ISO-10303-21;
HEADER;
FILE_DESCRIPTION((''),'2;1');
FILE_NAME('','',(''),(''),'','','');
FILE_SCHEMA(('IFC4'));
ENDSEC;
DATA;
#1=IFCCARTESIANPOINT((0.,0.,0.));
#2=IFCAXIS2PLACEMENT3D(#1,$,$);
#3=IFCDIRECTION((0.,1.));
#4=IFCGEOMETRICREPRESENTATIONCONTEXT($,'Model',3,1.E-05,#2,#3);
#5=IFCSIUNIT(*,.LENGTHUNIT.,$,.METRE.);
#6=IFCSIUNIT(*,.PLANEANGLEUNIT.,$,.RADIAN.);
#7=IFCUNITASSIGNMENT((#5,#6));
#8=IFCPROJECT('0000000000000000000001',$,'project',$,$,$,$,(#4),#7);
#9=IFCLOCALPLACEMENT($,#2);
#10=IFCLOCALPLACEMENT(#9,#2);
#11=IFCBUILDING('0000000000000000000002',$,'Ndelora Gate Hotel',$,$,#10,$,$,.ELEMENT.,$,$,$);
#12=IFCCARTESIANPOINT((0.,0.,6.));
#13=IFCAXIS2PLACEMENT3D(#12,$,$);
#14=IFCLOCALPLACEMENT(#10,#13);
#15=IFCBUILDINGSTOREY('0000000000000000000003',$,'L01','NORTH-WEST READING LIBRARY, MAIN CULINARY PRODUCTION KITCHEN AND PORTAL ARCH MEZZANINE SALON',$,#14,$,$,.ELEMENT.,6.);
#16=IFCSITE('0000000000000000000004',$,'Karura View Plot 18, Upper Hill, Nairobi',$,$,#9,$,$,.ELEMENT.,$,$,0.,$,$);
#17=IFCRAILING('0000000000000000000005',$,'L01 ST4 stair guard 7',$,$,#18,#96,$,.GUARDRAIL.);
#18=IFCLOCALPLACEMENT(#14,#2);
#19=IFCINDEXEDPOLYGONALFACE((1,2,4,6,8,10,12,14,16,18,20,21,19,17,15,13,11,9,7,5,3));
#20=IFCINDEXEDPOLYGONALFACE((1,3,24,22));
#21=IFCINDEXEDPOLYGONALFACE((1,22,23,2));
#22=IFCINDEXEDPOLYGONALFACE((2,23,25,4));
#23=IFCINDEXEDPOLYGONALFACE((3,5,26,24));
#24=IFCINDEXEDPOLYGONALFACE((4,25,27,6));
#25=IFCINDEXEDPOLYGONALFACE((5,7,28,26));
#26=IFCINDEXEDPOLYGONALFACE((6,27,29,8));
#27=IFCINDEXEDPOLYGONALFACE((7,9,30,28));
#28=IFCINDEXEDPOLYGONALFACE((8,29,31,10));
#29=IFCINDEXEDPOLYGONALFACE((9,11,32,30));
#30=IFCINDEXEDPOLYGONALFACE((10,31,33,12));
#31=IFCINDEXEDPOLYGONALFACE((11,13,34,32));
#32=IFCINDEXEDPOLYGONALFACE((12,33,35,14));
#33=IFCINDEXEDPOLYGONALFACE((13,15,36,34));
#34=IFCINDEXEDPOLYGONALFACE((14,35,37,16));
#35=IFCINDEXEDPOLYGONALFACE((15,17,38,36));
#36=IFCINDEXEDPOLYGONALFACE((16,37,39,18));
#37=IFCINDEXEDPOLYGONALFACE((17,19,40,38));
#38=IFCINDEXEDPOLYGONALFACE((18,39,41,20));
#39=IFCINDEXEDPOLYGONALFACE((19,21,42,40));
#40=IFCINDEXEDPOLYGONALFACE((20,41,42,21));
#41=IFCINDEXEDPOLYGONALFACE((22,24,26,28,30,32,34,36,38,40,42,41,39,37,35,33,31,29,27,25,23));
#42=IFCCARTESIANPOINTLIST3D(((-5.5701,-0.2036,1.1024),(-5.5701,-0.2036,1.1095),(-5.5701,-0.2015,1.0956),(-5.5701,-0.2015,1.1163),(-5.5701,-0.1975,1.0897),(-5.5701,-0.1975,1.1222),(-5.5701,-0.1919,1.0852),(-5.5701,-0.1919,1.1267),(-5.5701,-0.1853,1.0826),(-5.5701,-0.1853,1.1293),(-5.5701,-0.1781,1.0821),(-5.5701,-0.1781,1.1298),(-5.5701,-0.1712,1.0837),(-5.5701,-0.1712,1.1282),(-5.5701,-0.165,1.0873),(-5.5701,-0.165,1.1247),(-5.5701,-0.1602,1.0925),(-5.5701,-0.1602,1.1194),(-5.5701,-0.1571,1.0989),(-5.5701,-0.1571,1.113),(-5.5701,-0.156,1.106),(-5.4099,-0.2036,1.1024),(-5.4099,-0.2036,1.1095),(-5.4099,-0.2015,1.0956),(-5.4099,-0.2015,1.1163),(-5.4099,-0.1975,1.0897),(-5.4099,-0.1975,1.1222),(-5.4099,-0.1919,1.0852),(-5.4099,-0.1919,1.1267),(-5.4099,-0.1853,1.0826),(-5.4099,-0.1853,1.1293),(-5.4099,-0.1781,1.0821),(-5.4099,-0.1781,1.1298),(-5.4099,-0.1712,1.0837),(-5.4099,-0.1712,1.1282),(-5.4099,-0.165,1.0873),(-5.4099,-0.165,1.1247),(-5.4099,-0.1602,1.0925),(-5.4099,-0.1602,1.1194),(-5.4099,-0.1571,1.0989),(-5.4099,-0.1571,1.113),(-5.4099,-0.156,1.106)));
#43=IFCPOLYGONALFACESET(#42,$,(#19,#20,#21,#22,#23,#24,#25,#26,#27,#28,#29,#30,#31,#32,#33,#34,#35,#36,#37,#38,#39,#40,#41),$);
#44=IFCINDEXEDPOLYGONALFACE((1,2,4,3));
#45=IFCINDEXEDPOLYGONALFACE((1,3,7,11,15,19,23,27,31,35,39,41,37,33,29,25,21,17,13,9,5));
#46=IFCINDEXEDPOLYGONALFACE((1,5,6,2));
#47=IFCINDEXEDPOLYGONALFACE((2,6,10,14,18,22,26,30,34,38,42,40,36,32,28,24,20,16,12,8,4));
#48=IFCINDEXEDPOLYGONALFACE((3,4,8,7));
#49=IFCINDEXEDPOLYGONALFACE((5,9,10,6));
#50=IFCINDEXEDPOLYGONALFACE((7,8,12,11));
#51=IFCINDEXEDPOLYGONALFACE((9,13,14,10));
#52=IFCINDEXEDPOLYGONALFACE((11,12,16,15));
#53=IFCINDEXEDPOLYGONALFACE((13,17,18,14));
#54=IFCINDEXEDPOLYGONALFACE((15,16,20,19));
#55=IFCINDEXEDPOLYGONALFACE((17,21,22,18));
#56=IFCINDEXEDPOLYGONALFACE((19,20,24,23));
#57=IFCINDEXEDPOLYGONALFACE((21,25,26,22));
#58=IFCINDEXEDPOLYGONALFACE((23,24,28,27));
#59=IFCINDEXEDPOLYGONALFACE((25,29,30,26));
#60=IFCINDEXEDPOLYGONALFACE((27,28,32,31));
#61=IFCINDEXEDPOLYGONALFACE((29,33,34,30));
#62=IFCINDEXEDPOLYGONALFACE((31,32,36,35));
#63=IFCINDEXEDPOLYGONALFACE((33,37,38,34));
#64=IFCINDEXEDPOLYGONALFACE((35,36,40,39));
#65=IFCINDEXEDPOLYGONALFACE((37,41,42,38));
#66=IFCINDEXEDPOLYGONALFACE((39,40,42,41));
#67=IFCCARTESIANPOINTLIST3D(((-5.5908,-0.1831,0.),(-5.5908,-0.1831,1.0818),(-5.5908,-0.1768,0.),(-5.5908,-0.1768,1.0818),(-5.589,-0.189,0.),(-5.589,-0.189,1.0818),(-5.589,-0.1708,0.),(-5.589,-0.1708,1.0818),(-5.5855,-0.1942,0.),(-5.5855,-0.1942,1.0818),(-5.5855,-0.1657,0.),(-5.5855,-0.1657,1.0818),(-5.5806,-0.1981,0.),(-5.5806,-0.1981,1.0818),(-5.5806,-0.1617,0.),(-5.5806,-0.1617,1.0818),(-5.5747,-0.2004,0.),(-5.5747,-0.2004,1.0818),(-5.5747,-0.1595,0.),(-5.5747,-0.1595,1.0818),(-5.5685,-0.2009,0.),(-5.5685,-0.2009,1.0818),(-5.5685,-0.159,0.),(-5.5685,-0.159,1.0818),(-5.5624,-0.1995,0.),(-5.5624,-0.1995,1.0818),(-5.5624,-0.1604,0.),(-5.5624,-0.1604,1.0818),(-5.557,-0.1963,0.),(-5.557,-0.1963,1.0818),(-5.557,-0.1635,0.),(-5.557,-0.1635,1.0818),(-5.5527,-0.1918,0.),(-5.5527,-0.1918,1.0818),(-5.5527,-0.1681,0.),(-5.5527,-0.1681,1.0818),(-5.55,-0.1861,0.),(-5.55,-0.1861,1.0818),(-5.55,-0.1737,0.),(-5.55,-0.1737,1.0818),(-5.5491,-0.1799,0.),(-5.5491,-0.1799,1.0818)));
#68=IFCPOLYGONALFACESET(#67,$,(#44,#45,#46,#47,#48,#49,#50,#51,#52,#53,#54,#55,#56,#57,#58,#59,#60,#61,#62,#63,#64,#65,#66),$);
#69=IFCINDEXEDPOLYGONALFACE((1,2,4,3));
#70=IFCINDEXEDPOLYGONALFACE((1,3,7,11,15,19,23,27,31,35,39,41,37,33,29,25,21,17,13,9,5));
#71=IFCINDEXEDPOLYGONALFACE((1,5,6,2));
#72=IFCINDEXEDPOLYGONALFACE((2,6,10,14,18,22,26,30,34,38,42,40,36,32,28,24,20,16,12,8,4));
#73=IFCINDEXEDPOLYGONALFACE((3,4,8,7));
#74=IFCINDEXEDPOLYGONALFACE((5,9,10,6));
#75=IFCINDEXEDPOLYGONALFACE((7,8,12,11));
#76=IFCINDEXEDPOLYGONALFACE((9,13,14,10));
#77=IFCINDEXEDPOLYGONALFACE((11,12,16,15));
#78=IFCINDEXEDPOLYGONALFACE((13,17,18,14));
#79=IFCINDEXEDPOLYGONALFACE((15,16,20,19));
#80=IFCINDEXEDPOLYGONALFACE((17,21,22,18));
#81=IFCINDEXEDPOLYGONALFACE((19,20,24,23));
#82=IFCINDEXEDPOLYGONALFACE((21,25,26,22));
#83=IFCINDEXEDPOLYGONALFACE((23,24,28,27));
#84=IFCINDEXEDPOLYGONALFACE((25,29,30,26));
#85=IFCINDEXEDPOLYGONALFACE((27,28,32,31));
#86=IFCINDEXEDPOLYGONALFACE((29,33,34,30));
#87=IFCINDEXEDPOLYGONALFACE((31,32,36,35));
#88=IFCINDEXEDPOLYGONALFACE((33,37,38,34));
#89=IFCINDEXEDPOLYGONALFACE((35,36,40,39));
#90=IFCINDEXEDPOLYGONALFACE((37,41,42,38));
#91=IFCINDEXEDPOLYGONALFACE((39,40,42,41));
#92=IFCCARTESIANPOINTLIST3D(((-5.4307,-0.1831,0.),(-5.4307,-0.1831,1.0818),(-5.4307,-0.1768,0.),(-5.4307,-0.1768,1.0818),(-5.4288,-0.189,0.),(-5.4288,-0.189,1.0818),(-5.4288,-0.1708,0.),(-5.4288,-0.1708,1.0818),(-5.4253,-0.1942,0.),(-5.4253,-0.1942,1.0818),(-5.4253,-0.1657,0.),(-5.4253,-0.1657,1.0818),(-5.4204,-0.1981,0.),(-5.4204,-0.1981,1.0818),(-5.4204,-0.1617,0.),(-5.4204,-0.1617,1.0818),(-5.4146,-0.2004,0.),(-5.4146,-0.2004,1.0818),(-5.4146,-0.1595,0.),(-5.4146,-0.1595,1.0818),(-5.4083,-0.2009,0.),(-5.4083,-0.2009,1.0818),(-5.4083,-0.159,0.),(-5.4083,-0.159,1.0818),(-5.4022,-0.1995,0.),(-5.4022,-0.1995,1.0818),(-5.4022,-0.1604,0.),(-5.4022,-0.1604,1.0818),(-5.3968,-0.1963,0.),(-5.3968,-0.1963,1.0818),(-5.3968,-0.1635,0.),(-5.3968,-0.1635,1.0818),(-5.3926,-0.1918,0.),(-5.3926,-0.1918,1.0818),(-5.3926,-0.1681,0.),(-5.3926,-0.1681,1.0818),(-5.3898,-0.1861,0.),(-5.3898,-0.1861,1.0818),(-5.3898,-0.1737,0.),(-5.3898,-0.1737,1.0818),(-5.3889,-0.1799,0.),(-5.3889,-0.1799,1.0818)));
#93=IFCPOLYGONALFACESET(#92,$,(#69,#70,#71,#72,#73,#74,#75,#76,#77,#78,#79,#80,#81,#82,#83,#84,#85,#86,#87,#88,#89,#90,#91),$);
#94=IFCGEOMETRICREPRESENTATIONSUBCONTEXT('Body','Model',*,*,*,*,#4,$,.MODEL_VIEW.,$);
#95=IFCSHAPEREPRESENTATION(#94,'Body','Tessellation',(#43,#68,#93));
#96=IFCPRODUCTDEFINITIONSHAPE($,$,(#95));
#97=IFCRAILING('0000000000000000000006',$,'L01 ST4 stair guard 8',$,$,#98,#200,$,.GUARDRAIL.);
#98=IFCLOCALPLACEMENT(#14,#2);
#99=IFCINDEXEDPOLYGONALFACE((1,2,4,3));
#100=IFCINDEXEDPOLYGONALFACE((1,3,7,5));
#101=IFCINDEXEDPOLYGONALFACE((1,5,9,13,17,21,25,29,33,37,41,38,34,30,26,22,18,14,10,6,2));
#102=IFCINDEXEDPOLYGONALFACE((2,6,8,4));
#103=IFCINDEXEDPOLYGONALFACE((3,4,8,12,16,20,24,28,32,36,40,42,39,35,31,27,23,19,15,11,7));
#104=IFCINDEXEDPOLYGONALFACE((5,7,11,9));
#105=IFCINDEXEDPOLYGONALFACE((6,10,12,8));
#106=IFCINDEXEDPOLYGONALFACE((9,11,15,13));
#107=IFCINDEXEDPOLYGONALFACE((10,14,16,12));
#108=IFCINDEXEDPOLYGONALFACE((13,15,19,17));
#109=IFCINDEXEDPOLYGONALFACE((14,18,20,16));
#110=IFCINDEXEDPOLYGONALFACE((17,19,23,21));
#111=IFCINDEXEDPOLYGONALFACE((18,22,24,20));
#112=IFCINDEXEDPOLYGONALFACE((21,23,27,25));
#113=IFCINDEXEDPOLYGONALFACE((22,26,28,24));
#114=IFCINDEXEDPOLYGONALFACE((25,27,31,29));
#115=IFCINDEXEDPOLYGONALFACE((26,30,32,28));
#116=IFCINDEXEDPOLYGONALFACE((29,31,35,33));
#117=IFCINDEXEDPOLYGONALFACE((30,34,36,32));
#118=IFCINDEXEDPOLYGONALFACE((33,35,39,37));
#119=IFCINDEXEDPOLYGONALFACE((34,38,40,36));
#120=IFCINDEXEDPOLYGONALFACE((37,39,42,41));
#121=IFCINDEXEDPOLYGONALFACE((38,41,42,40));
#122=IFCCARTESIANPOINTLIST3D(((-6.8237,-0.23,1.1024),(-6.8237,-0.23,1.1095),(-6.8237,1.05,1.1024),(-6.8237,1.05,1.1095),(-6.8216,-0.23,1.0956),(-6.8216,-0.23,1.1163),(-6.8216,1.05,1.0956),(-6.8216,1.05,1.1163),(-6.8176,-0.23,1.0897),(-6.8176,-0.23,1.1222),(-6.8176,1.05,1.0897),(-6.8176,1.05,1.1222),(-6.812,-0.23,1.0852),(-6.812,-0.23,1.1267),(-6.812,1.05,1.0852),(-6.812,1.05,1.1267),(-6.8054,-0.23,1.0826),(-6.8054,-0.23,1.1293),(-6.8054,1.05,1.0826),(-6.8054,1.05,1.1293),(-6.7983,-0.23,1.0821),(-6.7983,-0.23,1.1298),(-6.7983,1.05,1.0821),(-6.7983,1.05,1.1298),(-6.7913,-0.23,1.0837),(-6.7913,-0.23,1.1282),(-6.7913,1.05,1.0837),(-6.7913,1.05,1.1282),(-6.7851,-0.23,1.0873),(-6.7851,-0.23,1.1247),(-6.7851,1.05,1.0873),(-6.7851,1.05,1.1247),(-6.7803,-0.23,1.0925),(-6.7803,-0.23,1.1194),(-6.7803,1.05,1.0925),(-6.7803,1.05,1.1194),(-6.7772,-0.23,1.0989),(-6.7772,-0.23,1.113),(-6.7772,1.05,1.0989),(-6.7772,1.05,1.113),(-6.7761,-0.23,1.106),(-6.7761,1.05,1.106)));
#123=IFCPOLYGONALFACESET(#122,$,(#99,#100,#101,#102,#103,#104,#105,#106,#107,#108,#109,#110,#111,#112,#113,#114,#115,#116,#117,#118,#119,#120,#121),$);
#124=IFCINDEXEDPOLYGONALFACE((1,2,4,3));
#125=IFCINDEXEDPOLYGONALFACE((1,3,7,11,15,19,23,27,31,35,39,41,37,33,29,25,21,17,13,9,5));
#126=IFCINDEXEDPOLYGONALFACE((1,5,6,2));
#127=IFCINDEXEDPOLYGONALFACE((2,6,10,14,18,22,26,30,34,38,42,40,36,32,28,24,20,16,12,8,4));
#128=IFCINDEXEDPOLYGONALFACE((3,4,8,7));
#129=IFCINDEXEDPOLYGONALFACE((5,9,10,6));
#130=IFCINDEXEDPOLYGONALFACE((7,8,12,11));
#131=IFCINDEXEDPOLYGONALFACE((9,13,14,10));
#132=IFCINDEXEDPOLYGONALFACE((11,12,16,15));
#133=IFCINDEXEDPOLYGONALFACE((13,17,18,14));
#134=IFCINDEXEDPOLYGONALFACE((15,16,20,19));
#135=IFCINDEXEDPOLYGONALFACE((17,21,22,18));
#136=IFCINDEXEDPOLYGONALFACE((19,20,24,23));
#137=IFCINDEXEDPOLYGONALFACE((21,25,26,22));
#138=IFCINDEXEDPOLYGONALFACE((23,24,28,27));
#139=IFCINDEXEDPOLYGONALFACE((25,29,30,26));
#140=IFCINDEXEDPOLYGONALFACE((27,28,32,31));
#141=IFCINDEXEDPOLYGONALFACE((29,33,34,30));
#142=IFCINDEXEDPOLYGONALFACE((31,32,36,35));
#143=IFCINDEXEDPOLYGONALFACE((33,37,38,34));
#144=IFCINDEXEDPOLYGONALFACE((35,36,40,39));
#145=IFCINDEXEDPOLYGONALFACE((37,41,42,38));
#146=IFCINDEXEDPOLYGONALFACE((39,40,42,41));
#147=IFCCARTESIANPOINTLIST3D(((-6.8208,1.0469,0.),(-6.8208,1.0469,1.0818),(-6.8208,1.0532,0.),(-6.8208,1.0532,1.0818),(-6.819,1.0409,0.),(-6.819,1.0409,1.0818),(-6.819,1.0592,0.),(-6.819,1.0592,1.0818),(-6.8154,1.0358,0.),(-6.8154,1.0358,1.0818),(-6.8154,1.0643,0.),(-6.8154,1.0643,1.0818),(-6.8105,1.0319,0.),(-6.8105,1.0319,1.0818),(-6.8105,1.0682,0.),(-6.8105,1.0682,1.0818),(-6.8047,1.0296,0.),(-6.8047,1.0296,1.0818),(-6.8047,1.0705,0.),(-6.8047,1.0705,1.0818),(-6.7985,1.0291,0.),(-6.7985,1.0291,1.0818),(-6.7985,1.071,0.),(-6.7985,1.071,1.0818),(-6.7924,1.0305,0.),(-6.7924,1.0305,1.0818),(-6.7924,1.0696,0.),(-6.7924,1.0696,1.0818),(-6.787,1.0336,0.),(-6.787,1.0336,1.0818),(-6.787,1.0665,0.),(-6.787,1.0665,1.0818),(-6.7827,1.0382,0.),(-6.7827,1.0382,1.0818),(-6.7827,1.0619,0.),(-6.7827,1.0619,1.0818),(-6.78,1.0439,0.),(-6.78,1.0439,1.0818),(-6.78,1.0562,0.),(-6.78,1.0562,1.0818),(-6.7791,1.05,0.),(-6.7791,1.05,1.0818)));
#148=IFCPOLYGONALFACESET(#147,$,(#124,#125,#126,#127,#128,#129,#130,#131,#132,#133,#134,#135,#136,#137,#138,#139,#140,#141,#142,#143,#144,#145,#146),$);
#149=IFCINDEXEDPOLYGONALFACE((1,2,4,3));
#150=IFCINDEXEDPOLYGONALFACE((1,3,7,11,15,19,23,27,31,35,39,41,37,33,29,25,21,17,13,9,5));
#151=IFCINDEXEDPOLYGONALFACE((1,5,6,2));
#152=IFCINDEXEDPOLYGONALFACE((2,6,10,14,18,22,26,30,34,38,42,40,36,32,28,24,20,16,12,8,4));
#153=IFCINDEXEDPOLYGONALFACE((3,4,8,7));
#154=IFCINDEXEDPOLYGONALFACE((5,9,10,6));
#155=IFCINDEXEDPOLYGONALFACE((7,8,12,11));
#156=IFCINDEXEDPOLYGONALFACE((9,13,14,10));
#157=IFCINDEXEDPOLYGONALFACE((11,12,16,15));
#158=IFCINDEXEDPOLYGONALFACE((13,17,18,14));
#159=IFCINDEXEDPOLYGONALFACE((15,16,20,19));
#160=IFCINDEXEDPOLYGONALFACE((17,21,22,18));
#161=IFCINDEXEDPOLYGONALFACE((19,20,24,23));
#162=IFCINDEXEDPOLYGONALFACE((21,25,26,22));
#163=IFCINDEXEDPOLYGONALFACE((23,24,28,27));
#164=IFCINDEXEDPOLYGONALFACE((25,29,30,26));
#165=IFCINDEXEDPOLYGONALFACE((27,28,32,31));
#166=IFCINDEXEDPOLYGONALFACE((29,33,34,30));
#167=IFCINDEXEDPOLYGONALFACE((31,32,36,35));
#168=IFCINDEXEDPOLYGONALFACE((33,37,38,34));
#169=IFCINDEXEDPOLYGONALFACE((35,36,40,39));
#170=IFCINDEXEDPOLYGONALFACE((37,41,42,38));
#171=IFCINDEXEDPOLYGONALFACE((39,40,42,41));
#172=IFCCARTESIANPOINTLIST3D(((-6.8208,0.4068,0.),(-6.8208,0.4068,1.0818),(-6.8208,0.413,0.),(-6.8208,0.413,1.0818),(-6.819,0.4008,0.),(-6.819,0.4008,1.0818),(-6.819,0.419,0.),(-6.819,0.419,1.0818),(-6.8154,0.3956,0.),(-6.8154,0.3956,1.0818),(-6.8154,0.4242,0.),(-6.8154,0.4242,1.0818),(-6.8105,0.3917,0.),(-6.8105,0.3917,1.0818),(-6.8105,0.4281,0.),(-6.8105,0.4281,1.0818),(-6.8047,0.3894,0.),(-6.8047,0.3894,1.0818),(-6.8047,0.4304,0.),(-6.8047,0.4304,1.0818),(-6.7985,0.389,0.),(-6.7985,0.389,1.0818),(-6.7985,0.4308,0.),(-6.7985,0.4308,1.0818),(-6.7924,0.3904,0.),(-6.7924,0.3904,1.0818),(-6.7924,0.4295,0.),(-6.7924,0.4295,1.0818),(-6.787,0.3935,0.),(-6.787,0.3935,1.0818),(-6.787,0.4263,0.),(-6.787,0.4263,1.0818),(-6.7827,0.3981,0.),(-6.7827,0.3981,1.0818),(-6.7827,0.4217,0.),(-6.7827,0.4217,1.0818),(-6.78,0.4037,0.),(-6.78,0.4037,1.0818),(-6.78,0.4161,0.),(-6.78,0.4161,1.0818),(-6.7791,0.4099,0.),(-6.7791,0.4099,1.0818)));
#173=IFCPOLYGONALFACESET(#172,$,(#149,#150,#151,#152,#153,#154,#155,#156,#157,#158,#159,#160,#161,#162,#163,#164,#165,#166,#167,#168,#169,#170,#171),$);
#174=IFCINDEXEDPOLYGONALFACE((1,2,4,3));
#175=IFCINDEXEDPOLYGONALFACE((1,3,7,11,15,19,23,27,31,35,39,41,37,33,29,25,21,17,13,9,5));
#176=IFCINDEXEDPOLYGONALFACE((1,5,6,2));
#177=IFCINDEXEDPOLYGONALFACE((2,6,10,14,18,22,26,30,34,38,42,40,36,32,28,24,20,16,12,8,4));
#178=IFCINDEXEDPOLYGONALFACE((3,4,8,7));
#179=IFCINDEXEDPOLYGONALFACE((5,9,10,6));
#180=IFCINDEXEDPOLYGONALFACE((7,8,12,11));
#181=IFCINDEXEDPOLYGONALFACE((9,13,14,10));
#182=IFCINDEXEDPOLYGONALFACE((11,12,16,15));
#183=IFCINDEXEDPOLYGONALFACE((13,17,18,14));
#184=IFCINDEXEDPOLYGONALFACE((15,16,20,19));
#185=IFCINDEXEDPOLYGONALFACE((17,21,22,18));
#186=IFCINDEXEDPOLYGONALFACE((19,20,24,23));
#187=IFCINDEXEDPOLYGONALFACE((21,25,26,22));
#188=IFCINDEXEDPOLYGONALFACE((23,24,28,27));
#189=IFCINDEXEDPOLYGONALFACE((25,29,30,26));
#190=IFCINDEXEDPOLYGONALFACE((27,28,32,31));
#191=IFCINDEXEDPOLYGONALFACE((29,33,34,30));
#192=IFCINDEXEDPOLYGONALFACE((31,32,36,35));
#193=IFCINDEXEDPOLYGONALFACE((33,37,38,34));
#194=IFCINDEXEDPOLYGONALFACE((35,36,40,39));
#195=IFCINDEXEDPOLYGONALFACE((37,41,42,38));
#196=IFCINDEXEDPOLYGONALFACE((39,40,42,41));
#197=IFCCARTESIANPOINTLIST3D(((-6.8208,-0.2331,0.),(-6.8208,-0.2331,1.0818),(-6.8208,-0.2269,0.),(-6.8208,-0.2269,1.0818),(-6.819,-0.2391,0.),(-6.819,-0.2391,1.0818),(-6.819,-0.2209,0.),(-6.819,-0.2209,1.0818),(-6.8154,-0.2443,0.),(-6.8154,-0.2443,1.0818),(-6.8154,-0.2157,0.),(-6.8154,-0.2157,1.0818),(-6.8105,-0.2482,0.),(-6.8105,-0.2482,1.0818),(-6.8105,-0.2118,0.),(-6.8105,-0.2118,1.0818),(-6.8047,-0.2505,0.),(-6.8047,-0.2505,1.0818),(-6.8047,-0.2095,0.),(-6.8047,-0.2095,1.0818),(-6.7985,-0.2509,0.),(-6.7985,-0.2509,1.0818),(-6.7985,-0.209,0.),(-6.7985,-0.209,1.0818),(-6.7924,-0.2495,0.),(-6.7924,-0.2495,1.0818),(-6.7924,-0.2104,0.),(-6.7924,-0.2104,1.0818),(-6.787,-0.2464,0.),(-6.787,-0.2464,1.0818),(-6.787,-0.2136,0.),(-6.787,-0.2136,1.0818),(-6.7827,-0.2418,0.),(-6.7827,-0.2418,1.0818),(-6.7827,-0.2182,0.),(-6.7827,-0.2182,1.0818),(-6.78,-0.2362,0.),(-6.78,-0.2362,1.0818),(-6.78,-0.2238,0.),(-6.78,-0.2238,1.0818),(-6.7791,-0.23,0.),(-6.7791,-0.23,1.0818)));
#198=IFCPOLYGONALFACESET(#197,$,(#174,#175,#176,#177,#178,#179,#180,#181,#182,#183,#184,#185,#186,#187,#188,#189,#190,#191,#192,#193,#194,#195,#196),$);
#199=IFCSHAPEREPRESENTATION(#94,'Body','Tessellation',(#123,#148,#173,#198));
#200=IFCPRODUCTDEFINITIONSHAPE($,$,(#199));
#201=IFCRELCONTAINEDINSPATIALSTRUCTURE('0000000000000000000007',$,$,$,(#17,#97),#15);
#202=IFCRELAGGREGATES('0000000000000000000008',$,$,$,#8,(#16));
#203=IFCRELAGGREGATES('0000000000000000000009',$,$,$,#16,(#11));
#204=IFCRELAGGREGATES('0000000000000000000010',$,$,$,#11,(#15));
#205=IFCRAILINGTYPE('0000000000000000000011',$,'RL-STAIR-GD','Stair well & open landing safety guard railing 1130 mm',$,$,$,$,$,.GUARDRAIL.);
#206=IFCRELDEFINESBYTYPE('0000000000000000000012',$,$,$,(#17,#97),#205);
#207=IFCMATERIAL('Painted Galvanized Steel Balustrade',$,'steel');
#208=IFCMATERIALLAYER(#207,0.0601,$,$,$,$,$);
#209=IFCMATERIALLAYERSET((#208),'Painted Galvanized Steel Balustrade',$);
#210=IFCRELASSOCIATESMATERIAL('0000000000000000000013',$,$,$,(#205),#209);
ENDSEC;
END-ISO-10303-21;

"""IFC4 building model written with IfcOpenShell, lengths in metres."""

from ifc_helpers import new_model, si_unit, direction, frame, origin, origin_2d, place, context, subcontext, project, spatial, circle, extrude, material, layer, layer_set, type_object, element, save


model = new_model("IFC4")

# Units and contexts
model_context = context("Model", 3, precision=1e-05, world=origin(), true_north=direction((0.0, 1.0)))
body_context = subcontext(model_context, "Body", "Model", "MODEL_VIEW")
ifc_project = project(units=[si_unit("LENGTHUNIT", "METRE"), si_unit("PLANEANGLEUNIT", "RADIAN")], contexts=[model_context])

# Site, building, storey
site_placement = place(None, origin())
site = spatial("IfcSite", under=ifc_project, at=site_placement, Name="Karura View Plot 18, Upper Hill, Nairobi", CompositionType="ELEMENT", RefElevation=0.0)
building_placement = place(site_placement, origin())
building = spatial("IfcBuilding", under=site, at=building_placement, Name="Ndelora Gate Hotel", CompositionType="ELEMENT")
storey_placement = place(building_placement, frame((0.0, 0.0, 6.0)))
storey = spatial("IfcBuildingStorey", under=building, at=storey_placement, Name="L01", Description="NORTH-WEST READING LIBRARY, MAIN CULINARY PRODUCTION KITCHEN AND PORTAL ARCH MEZZANINE SALON", CompositionType="ELEMENT", Elevation=6.0)

# Railings
ifc_material_1 = material(Name="Painted Galvanized Steel Balustrade", Category="steel")
ifc_layer_1 = layer(ifc_material_1, 0.0601)
ifc_layer_set_1 = layer_set([ifc_layer_1], Name="Painted Galvanized Steel Balustrade")
railing_type_1 = type_object("IfcRailingType", Name="RL-STAIR-GD", Description="Stair well & open landing safety guard railing 1130 mm", PredefinedType="GUARDRAIL", material=ifc_layer_set_1)
railing_1_placement = place(storey_placement, frame((-5.5701, -0.1799, 0.0)))
element("IfcRailing", 1, at=railing_1_placement, inside=storey, type_object=railing_type_1, Name="L01 ST4 stair guard 7", PredefinedType="GUARDRAIL", context=body_context, shape_type="SweptSolid", body=[
    extrude(circle(Radius=0.0239, at=origin_2d()), frame((0.0, 0.0, 1.106), z_axis=(1.0, 0.0, 0.0), x_axis=(0.0, 1.0, 0.0)), (0.0, 0.0, 1.0), 0.1602),
    extrude(circle(Radius=0.021, at=origin_2d()), origin(), (0.0, 0.0, 1.0), 1.0818),
    extrude(circle(Radius=0.021, at=origin_2d()), frame((0.1602, 0.0, 0.0)), (0.0, 0.0, 1.0), 1.0818),
])
for number, where, name in (
    (2, (-6.8, 1.05, 0.0), "L01 ST4 stair guard 8"),
):
    element("IfcRailing", number, at=place(storey_placement, frame(where)), inside=storey, type_object=railing_type_1, Name=name, PredefinedType="GUARDRAIL", context=body_context, shape_type="SweptSolid", body=[
        extrude(circle(Radius=0.0239, at=origin_2d()), frame((0.0, 0.0, 1.106), z_axis=(0.0, -1.0, 0.0), x_axis=(1.0, 0.0, 0.0)), (0.0, 0.0, 1.0), 1.28),
        extrude(circle(Radius=0.021, at=origin_2d()), origin(), (0.0, 0.0, 1.0), 1.0818),
        extrude(circle(Radius=0.021, at=origin_2d()), frame((0.0, -0.6401, 0.0)), (0.0, 0.0, 1.0), 1.0818),
        extrude(circle(Radius=0.021, at=origin_2d()), frame((0.0, -1.28, 0.0)), (0.0, 0.0, 1.0), 1.0818),
    ])

save(model, "model.ifc")
